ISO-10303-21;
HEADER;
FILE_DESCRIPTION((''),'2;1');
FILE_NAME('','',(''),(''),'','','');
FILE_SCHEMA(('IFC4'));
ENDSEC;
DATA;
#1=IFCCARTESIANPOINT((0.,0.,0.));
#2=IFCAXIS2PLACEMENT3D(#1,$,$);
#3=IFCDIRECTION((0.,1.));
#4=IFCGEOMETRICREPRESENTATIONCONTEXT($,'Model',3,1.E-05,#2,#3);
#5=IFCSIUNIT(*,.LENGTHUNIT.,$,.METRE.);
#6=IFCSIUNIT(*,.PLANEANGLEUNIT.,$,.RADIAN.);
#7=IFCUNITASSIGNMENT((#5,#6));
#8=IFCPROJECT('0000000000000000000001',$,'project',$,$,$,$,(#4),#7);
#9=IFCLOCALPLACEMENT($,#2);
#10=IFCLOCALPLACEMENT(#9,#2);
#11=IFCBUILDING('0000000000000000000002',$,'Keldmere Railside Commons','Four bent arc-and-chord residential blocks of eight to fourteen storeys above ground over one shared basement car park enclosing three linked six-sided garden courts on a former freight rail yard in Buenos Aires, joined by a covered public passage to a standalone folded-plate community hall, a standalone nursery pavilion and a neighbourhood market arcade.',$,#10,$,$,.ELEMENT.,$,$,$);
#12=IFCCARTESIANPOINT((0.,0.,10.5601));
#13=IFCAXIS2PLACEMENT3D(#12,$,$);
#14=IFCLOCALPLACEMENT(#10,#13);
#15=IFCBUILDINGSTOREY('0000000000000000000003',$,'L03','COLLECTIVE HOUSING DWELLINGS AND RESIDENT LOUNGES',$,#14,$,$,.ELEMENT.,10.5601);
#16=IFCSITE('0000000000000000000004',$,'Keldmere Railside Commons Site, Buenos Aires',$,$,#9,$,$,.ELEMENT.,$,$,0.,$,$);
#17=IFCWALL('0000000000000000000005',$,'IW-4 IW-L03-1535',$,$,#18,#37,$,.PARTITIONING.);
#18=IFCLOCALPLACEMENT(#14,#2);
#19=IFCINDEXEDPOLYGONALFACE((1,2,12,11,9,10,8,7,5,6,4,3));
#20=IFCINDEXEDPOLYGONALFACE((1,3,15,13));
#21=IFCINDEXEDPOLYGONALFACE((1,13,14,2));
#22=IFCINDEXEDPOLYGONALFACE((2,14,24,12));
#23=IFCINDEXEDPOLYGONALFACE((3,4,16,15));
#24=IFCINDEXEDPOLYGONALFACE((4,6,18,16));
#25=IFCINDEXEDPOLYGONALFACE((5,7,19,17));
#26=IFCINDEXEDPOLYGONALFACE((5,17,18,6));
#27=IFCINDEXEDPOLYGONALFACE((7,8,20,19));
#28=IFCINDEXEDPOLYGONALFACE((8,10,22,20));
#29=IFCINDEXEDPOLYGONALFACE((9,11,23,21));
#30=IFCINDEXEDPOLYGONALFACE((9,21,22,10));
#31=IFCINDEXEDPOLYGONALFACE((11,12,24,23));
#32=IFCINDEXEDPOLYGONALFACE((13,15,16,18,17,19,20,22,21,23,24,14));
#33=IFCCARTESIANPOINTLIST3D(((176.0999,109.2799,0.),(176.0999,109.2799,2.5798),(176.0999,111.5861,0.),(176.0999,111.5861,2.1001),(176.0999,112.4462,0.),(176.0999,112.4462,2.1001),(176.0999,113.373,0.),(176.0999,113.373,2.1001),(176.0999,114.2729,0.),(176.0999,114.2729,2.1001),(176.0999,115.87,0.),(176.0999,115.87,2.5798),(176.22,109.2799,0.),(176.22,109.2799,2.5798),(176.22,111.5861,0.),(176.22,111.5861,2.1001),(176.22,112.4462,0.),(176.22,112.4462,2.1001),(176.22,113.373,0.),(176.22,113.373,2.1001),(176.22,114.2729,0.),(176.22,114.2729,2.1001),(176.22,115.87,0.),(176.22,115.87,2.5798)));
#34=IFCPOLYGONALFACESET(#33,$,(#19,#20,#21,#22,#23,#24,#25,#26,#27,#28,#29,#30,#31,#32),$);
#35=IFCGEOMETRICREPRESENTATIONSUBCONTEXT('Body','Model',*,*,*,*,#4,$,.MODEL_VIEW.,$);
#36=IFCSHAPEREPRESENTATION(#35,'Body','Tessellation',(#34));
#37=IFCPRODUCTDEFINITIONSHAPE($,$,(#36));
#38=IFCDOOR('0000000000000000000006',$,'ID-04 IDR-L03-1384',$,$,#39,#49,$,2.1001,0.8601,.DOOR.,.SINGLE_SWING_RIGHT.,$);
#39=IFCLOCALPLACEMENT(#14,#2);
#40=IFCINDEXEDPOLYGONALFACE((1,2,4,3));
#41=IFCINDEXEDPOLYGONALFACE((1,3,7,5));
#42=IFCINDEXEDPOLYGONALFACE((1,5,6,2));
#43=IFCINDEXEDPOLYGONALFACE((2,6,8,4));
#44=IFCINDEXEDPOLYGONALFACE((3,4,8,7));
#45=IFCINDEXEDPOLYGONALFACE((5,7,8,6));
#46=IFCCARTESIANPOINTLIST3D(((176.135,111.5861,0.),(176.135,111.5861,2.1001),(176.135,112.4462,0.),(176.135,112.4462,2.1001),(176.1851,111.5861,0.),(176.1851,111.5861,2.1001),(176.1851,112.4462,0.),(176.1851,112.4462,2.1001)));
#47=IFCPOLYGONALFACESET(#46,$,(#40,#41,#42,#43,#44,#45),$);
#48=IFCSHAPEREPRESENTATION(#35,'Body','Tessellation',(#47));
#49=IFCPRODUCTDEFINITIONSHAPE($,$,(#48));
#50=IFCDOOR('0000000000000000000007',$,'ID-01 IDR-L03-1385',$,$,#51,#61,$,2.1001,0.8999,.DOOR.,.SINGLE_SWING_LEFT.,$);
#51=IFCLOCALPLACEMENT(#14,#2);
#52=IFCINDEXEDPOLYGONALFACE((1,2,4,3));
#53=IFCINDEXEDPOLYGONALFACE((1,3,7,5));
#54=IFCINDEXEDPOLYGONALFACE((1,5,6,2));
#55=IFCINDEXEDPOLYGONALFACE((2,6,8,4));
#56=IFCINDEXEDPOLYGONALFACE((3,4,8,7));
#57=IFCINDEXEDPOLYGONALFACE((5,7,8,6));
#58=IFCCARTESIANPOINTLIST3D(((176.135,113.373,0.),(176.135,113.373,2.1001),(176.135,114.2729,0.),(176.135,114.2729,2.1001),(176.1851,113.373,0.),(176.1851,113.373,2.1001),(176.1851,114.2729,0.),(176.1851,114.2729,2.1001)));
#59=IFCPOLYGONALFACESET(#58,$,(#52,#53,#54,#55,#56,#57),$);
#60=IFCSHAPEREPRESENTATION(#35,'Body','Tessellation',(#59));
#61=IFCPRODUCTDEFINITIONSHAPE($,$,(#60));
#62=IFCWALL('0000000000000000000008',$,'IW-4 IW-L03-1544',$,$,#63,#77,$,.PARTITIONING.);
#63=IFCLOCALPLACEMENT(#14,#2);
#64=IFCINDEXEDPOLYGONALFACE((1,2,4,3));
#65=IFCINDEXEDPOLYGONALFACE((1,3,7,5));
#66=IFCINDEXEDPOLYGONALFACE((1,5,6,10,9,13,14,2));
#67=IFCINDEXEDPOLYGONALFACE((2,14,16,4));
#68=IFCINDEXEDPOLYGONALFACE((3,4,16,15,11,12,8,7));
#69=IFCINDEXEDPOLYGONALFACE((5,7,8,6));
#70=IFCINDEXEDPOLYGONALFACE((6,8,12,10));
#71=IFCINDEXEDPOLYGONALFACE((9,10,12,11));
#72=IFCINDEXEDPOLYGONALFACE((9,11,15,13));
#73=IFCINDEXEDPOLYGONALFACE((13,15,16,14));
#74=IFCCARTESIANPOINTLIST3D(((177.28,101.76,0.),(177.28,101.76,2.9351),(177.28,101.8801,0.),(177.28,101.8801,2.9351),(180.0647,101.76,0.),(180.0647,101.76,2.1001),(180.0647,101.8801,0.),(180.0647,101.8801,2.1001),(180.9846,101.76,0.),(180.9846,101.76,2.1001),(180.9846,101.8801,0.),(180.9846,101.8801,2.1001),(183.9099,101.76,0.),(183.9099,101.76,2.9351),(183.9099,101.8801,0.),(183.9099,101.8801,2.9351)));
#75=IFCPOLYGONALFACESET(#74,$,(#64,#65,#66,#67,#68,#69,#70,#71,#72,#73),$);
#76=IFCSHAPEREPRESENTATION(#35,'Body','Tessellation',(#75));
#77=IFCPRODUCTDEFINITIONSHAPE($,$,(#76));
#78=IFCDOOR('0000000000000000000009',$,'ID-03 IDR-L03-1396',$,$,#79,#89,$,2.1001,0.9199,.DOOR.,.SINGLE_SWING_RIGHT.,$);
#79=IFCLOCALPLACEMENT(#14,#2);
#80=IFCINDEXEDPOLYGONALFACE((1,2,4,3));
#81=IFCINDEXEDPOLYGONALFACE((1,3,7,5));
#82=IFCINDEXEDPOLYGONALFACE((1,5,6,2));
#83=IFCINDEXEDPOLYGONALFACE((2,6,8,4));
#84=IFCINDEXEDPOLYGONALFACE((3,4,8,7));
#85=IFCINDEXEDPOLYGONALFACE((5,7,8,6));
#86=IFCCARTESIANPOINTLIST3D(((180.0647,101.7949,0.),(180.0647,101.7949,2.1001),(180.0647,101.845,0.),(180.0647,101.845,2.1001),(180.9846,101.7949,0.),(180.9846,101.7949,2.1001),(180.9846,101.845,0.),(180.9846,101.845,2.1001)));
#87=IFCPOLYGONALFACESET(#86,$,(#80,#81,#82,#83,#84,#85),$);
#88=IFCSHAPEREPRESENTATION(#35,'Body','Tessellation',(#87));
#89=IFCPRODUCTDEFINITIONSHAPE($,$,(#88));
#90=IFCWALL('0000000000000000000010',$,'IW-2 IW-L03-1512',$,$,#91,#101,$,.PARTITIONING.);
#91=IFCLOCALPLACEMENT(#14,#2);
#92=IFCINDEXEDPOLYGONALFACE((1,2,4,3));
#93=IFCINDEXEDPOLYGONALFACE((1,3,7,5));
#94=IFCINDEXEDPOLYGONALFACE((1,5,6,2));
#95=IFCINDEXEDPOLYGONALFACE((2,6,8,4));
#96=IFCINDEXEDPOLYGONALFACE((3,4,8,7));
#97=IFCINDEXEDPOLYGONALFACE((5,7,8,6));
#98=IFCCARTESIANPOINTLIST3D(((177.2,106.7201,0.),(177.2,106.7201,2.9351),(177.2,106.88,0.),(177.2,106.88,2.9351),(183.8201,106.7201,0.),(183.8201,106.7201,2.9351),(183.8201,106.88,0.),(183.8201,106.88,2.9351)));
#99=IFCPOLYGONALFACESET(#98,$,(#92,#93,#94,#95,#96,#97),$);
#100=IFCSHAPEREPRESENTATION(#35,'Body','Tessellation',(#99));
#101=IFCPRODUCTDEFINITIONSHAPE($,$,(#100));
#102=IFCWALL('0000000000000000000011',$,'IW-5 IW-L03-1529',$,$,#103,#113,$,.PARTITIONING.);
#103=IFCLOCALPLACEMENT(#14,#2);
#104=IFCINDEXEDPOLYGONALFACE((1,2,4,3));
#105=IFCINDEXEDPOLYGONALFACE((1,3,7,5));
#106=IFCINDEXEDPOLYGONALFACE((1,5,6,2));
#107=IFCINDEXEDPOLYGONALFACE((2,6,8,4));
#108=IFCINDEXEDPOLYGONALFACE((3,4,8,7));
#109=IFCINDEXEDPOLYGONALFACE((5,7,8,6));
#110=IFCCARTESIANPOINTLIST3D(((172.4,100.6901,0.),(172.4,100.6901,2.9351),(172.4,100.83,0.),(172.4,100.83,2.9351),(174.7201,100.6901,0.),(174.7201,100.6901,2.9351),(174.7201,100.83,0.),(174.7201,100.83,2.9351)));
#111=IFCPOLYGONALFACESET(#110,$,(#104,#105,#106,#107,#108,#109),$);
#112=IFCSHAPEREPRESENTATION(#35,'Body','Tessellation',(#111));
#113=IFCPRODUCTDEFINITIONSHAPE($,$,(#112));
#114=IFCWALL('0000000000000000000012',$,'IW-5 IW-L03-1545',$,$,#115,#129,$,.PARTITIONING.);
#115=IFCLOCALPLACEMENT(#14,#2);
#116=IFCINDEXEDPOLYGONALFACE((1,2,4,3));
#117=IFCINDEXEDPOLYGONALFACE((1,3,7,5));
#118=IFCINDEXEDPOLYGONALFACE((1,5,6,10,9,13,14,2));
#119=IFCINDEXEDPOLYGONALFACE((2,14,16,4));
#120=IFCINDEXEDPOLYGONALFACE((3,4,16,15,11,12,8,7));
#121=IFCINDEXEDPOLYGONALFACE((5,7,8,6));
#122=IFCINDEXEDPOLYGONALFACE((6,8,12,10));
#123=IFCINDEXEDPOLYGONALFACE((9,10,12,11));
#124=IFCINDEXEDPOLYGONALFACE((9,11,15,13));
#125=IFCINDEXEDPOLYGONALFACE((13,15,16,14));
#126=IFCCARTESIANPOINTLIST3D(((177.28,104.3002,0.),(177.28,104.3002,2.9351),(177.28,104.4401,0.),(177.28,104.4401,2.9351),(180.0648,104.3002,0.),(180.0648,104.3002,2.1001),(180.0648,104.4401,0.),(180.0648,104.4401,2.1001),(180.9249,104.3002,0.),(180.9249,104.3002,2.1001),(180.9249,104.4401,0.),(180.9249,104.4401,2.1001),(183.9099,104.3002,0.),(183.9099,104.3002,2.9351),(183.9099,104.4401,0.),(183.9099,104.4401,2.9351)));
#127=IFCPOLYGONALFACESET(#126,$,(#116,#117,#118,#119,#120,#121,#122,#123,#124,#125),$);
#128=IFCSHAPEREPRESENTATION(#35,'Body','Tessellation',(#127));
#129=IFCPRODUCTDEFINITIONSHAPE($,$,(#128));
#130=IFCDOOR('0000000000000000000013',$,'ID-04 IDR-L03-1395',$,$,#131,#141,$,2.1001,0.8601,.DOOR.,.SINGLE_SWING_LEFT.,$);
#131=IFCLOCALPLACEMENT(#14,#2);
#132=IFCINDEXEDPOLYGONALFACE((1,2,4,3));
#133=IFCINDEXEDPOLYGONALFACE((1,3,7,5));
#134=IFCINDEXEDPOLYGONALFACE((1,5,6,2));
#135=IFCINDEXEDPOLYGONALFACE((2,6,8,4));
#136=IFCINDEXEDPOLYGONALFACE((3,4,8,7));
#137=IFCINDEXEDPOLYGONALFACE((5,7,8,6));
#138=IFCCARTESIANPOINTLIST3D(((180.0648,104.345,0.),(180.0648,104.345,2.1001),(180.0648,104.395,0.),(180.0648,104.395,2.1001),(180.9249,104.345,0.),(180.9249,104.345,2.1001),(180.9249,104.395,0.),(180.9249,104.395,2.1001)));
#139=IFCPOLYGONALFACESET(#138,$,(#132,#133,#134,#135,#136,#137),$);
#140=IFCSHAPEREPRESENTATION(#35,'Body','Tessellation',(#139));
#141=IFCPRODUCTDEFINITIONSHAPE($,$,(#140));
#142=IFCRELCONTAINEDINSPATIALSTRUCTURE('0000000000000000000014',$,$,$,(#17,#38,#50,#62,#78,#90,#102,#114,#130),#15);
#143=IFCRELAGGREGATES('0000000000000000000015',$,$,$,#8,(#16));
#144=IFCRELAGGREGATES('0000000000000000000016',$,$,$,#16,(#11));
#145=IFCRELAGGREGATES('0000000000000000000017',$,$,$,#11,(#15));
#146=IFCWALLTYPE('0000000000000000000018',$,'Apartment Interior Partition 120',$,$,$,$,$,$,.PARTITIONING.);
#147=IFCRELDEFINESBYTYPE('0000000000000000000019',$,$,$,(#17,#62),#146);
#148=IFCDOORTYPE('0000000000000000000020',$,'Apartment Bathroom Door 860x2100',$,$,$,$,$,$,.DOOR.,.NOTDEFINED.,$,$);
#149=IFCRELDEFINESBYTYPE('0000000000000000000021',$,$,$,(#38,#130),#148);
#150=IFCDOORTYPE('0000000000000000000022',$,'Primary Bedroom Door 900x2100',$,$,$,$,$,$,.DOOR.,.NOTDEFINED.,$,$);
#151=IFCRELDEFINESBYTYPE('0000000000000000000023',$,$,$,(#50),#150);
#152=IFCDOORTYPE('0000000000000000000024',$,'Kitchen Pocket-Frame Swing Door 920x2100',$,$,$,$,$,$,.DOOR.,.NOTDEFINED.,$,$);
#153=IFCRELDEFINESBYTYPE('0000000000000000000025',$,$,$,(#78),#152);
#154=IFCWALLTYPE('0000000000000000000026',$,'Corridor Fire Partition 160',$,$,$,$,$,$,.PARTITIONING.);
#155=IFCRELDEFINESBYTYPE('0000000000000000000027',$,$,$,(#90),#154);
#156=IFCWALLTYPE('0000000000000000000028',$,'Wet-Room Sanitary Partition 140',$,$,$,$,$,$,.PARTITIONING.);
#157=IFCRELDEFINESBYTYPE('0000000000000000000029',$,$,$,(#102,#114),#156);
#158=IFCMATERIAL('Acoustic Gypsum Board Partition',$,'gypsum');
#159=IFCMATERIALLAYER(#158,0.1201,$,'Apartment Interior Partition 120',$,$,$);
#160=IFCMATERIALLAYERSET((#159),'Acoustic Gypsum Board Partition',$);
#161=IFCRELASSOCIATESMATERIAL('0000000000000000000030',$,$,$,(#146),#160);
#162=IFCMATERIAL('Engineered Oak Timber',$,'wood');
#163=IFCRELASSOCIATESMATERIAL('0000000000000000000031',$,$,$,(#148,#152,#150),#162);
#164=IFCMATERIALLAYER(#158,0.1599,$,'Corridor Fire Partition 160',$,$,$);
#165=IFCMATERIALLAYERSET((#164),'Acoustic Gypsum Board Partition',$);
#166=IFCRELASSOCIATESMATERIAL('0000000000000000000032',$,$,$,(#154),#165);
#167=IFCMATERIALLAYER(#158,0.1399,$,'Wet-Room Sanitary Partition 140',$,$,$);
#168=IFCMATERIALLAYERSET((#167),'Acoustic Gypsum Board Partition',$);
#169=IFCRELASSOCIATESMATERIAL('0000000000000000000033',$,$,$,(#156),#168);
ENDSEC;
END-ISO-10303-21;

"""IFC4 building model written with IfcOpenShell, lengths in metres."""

from ifc_helpers import new_model, si_unit, direction, frame, frame_2d, origin, place, context, subcontext, project, spatial, rectangle, extrude, material, layer, layer_set, type_object, element, fill, save


model = new_model("IFC4")

# Units and contexts
model_context = context("Model", 3, precision=1e-05, world=origin(), true_north=direction((0.0, 1.0)))
body_context = subcontext(model_context, "Body", "Model", "MODEL_VIEW")
ifc_project = project(units=[si_unit("LENGTHUNIT", "METRE"), si_unit("PLANEANGLEUNIT", "RADIAN")], contexts=[model_context])

# Site, building, storey
site_placement = place(None, origin())
site = spatial("IfcSite", under=ifc_project, at=site_placement, Name="Keldmere Railside Commons Site, Buenos Aires", CompositionType="ELEMENT", RefElevation=0.0)
building_placement = place(site_placement, origin())
building = spatial("IfcBuilding", under=site, at=building_placement, Name="Keldmere Railside Commons", Description="Four bent arc-and-chord residential blocks of eight to fourteen storeys above ground over one shared basement car park enclosing three linked six-sided garden courts on a former freight rail yard in Buenos Aires, joined by a covered public passage to a standalone folded-plate community hall, a standalone nursery pavilion and a neighbourhood market arcade.", CompositionType="ELEMENT")
storey_placement = place(building_placement, frame((0.0, 0.0, 10.5601)))
storey = spatial("IfcBuildingStorey", under=building, at=storey_placement, Name="L03", Description="COLLECTIVE HOUSING DWELLINGS AND RESIDENT LOUNGES", CompositionType="ELEMENT", Elevation=10.5601)

# Wall, openings, doors
ifc_material_1 = material(Name="Acoustic Gypsum Board Partition", Category="gypsum")
ifc_layer_1 = layer(ifc_material_1, 0.1201, Name="Apartment Interior Partition 120")
ifc_layer_set_1 = layer_set([ifc_layer_1], Name="Acoustic Gypsum Board Partition")
wall_type_1 = type_object("IfcWallType", Name="Apartment Interior Partition 120", PredefinedType="PARTITIONING", material=ifc_layer_set_1)
ifc_material_2 = material(Name="Engineered Oak Timber", Category="wood")
door_type_1 = type_object("IfcDoorType", Name="Apartment Bathroom Door 860x2100", OperationType="NOTDEFINED", PredefinedType="DOOR", material=ifc_material_2)
door_type_2 = type_object("IfcDoorType", Name="Kitchen Pocket-Frame Swing Door 920x2100", OperationType="NOTDEFINED", PredefinedType="DOOR", material=ifc_material_2)
wall_1_placement = place(storey_placement, frame((176.1599, 109.28, 0.0), z_axis=(0.0, 0.0, 1.0), x_axis=(0.0, 1.0, 0.0)))
wall_1 = element("IfcWall", 1, at=wall_1_placement, inside=storey, type_object=wall_type_1, Name="IW-4 IW-L03-1535", PredefinedType="PARTITIONING", context=body_context, shape_type="SweptSolid", body=[
    extrude(rectangle(XDim=6.5901, YDim=0.1201, at=frame_2d((3.2949, 0.0))), origin(), (0.0, 0.0, 1.0), 2.5798),
])
opening_1_placement = place(wall_1_placement, frame((2.3059, 0.0, 0.0)))
opening_1 = element("IfcOpeningElement", 2, at=opening_1_placement, cuts=wall_1, PredefinedType="OPENING", context=body_context, shape_type="SweptSolid", body=[
    extrude(rectangle(XDim=0.8601, YDim=2.1001, at=frame_2d((0.4302, 1.05))), frame((0.0, 0.0701, 0.0), z_axis=(0.0, -1.0, 0.0), x_axis=(1.0, 0.0, 0.0)), (0.0, 0.0, 1.0), 0.1401),
])
opening_2_placement = place(wall_1_placement, frame((4.093, 0.0, 0.0)))
opening_2 = element("IfcOpeningElement", 3, at=opening_2_placement, cuts=wall_1, PredefinedType="OPENING", context=body_context, shape_type="SweptSolid", body=[
    extrude(rectangle(XDim=0.8999, YDim=2.1001, at=frame_2d((0.45, 1.05))), frame((0.0, 0.0701, 0.0), z_axis=(0.0, -1.0, 0.0), x_axis=(1.0, 0.0, 0.0)), (0.0, 0.0, 1.0), 0.1401),
])
door_1_placement = place(opening_1_placement, origin())
door_1 = element("IfcDoor", 4, at=door_1_placement, inside=storey, type_object=door_type_1, Name="ID-04 IDR-L03-1384", OperationType="SINGLE_SWING_RIGHT", OverallHeight=2.1001, OverallWidth=0.8601, PredefinedType="DOOR", context=body_context, shape_type="SweptSolid", body=[
    extrude(rectangle(XDim=0.8601, YDim=2.1001, at=frame_2d((0.4302, 1.05))), frame((0.0, 0.0249, 0.0), z_axis=(0.0, -1.0, 0.0), x_axis=(1.0, 0.0, 0.0)), (0.0, 0.0, 1.0), 0.05),
])
fill(opening_1, door_1)
door_type_3 = type_object("IfcDoorType", Name="Primary Bedroom Door 900x2100", OperationType="NOTDEFINED", PredefinedType="DOOR", material=ifc_material_2)
door_2_placement = place(opening_2_placement, origin())
door_2 = element("IfcDoor", 5, at=door_2_placement, inside=storey, type_object=door_type_3, Name="ID-01 IDR-L03-1385", OperationType="SINGLE_SWING_LEFT", OverallHeight=2.1001, OverallWidth=0.8999, PredefinedType="DOOR", context=body_context, shape_type="SweptSolid", body=[
    extrude(rectangle(XDim=0.8999, YDim=2.1001, at=frame_2d((0.45, 1.05))), frame((0.0, 0.0249, 0.0), z_axis=(0.0, -1.0, 0.0), x_axis=(1.0, 0.0, 0.0)), (0.0, 0.0, 1.0), 0.05),
])
fill(opening_2, door_2)

# Wall, opening, door
wall_2_placement = place(storey_placement, frame((177.28, 101.8201, 0.0), z_axis=(0.0, 0.0, 1.0), x_axis=(1.0, 0.0, 0.0)))
wall_2 = element("IfcWall", 6, at=wall_2_placement, inside=storey, type_object=wall_type_1, Name="IW-4 IW-L03-1544", PredefinedType="PARTITIONING", context=body_context, shape_type="SweptSolid", body=[
    extrude(rectangle(XDim=6.6299, YDim=0.1201, at=frame_2d((3.3149, 0.0))), origin(), (0.0, 0.0, 1.0), 2.9351),
])
opening_3_placement = place(wall_2_placement, frame((2.7847, 0.0, 0.0)))
opening_3 = element("IfcOpeningElement", 7, at=opening_3_placement, cuts=wall_2, PredefinedType="OPENING", context=body_context, shape_type="SweptSolid", body=[
    extrude(rectangle(XDim=0.9199, YDim=2.1001, at=frame_2d((0.46, 1.05))), frame((0.0, 0.0701, 0.0), z_axis=(0.0, -1.0, 0.0), x_axis=(1.0, 0.0, 0.0)), (0.0, 0.0, 1.0), 0.1401),
])
door_3_placement = place(opening_3_placement, origin())
door_3 = element("IfcDoor", 8, at=door_3_placement, inside=storey, type_object=door_type_2, Name="ID-03 IDR-L03-1396", OperationType="SINGLE_SWING_RIGHT", OverallHeight=2.1001, OverallWidth=0.9199, PredefinedType="DOOR", context=body_context, shape_type="SweptSolid", body=[
    extrude(rectangle(XDim=0.9199, YDim=2.1001, at=frame_2d((0.46, 1.05))), frame((0.0, 0.0249, 0.0), z_axis=(0.0, -1.0, 0.0), x_axis=(1.0, 0.0, 0.0)), (0.0, 0.0, 1.0), 0.05),
])
fill(opening_3, door_3)

# Walls
ifc_layer_2 = layer(ifc_material_1, 0.1599, Name="Corridor Fire Partition 160")
ifc_layer_set_2 = layer_set([ifc_layer_2], Name="Acoustic Gypsum Board Partition")
wall_type_2 = type_object("IfcWallType", Name="Corridor Fire Partition 160", PredefinedType="PARTITIONING", material=ifc_layer_set_2)
wall_3_placement = place(storey_placement, frame((177.2, 106.8, 0.0), z_axis=(0.0, 0.0, 1.0), x_axis=(1.0, 0.0, 0.0)))
element("IfcWall", 9, at=wall_3_placement, inside=storey, type_object=wall_type_2, Name="IW-2 IW-L03-1512", PredefinedType="PARTITIONING", context=body_context, shape_type="SweptSolid", body=[
    extrude(rectangle(XDim=6.6201, YDim=0.1599, at=frame_2d((3.3101, 0.0))), origin(), (0.0, 0.0, 1.0), 2.9351),
])
ifc_layer_3 = layer(ifc_material_1, 0.1399, Name="Wet-Room Sanitary Partition 140")
ifc_layer_set_3 = layer_set([ifc_layer_3], Name="Acoustic Gypsum Board Partition")
wall_type_3 = type_object("IfcWallType", Name="Wet-Room Sanitary Partition 140", PredefinedType="PARTITIONING", material=ifc_layer_set_3)
wall_4_placement = place(storey_placement, frame((172.3999, 100.76, 0.0), z_axis=(0.0, 0.0, 1.0), x_axis=(1.0, 0.0, 0.0)))
element("IfcWall", 10, at=wall_4_placement, inside=storey, type_object=wall_type_3, Name="IW-5 IW-L03-1529", PredefinedType="PARTITIONING", context=body_context, shape_type="SweptSolid", body=[
    extrude(rectangle(XDim=2.3201, YDim=0.1399, at=frame_2d((1.1602, 0.0))), origin(), (0.0, 0.0, 1.0), 2.9351),
])

# Wall, opening, door
wall_5_placement = place(storey_placement, frame((177.28, 104.3701, 0.0), z_axis=(0.0, 0.0, 1.0), x_axis=(1.0, 0.0, 0.0)))
wall_5 = element("IfcWall", 11, at=wall_5_placement, inside=storey, type_object=wall_type_3, Name="IW-5 IW-L03-1545", PredefinedType="PARTITIONING", context=body_context, shape_type="SweptSolid", body=[
    extrude(rectangle(XDim=6.6299, YDim=0.1399, at=frame_2d((3.3149, 0.0))), origin(), (0.0, 0.0, 1.0), 2.9351),
])
opening_4_placement = place(wall_5_placement, frame((2.7847, 0.0, 0.0)))
opening_4 = element("IfcOpeningElement", 12, at=opening_4_placement, cuts=wall_5, PredefinedType="OPENING", context=body_context, shape_type="SweptSolid", body=[
    extrude(rectangle(XDim=0.8601, YDim=2.1001, at=frame_2d((0.4302, 1.05))), frame((0.0, 0.0798, 0.0), z_axis=(0.0, -1.0, 0.0), x_axis=(1.0, 0.0, 0.0)), (0.0, 0.0, 1.0), 0.1599),
])
door_4_placement = place(opening_4_placement, origin())
door_4 = element("IfcDoor", 13, at=door_4_placement, inside=storey, type_object=door_type_1, Name="ID-04 IDR-L03-1395", OperationType="SINGLE_SWING_LEFT", OverallHeight=2.1001, OverallWidth=0.8601, PredefinedType="DOOR", context=body_context, shape_type="SweptSolid", body=[
    extrude(rectangle(XDim=0.8601, YDim=2.1001, at=frame_2d((0.4302, 1.05))), frame((0.0, 0.0249, 0.0), z_axis=(0.0, -1.0, 0.0), x_axis=(1.0, 0.0, 0.0)), (0.0, 0.0, 1.0), 0.05),
])
fill(opening_4, door_4)

save(model, "model.ifc")
